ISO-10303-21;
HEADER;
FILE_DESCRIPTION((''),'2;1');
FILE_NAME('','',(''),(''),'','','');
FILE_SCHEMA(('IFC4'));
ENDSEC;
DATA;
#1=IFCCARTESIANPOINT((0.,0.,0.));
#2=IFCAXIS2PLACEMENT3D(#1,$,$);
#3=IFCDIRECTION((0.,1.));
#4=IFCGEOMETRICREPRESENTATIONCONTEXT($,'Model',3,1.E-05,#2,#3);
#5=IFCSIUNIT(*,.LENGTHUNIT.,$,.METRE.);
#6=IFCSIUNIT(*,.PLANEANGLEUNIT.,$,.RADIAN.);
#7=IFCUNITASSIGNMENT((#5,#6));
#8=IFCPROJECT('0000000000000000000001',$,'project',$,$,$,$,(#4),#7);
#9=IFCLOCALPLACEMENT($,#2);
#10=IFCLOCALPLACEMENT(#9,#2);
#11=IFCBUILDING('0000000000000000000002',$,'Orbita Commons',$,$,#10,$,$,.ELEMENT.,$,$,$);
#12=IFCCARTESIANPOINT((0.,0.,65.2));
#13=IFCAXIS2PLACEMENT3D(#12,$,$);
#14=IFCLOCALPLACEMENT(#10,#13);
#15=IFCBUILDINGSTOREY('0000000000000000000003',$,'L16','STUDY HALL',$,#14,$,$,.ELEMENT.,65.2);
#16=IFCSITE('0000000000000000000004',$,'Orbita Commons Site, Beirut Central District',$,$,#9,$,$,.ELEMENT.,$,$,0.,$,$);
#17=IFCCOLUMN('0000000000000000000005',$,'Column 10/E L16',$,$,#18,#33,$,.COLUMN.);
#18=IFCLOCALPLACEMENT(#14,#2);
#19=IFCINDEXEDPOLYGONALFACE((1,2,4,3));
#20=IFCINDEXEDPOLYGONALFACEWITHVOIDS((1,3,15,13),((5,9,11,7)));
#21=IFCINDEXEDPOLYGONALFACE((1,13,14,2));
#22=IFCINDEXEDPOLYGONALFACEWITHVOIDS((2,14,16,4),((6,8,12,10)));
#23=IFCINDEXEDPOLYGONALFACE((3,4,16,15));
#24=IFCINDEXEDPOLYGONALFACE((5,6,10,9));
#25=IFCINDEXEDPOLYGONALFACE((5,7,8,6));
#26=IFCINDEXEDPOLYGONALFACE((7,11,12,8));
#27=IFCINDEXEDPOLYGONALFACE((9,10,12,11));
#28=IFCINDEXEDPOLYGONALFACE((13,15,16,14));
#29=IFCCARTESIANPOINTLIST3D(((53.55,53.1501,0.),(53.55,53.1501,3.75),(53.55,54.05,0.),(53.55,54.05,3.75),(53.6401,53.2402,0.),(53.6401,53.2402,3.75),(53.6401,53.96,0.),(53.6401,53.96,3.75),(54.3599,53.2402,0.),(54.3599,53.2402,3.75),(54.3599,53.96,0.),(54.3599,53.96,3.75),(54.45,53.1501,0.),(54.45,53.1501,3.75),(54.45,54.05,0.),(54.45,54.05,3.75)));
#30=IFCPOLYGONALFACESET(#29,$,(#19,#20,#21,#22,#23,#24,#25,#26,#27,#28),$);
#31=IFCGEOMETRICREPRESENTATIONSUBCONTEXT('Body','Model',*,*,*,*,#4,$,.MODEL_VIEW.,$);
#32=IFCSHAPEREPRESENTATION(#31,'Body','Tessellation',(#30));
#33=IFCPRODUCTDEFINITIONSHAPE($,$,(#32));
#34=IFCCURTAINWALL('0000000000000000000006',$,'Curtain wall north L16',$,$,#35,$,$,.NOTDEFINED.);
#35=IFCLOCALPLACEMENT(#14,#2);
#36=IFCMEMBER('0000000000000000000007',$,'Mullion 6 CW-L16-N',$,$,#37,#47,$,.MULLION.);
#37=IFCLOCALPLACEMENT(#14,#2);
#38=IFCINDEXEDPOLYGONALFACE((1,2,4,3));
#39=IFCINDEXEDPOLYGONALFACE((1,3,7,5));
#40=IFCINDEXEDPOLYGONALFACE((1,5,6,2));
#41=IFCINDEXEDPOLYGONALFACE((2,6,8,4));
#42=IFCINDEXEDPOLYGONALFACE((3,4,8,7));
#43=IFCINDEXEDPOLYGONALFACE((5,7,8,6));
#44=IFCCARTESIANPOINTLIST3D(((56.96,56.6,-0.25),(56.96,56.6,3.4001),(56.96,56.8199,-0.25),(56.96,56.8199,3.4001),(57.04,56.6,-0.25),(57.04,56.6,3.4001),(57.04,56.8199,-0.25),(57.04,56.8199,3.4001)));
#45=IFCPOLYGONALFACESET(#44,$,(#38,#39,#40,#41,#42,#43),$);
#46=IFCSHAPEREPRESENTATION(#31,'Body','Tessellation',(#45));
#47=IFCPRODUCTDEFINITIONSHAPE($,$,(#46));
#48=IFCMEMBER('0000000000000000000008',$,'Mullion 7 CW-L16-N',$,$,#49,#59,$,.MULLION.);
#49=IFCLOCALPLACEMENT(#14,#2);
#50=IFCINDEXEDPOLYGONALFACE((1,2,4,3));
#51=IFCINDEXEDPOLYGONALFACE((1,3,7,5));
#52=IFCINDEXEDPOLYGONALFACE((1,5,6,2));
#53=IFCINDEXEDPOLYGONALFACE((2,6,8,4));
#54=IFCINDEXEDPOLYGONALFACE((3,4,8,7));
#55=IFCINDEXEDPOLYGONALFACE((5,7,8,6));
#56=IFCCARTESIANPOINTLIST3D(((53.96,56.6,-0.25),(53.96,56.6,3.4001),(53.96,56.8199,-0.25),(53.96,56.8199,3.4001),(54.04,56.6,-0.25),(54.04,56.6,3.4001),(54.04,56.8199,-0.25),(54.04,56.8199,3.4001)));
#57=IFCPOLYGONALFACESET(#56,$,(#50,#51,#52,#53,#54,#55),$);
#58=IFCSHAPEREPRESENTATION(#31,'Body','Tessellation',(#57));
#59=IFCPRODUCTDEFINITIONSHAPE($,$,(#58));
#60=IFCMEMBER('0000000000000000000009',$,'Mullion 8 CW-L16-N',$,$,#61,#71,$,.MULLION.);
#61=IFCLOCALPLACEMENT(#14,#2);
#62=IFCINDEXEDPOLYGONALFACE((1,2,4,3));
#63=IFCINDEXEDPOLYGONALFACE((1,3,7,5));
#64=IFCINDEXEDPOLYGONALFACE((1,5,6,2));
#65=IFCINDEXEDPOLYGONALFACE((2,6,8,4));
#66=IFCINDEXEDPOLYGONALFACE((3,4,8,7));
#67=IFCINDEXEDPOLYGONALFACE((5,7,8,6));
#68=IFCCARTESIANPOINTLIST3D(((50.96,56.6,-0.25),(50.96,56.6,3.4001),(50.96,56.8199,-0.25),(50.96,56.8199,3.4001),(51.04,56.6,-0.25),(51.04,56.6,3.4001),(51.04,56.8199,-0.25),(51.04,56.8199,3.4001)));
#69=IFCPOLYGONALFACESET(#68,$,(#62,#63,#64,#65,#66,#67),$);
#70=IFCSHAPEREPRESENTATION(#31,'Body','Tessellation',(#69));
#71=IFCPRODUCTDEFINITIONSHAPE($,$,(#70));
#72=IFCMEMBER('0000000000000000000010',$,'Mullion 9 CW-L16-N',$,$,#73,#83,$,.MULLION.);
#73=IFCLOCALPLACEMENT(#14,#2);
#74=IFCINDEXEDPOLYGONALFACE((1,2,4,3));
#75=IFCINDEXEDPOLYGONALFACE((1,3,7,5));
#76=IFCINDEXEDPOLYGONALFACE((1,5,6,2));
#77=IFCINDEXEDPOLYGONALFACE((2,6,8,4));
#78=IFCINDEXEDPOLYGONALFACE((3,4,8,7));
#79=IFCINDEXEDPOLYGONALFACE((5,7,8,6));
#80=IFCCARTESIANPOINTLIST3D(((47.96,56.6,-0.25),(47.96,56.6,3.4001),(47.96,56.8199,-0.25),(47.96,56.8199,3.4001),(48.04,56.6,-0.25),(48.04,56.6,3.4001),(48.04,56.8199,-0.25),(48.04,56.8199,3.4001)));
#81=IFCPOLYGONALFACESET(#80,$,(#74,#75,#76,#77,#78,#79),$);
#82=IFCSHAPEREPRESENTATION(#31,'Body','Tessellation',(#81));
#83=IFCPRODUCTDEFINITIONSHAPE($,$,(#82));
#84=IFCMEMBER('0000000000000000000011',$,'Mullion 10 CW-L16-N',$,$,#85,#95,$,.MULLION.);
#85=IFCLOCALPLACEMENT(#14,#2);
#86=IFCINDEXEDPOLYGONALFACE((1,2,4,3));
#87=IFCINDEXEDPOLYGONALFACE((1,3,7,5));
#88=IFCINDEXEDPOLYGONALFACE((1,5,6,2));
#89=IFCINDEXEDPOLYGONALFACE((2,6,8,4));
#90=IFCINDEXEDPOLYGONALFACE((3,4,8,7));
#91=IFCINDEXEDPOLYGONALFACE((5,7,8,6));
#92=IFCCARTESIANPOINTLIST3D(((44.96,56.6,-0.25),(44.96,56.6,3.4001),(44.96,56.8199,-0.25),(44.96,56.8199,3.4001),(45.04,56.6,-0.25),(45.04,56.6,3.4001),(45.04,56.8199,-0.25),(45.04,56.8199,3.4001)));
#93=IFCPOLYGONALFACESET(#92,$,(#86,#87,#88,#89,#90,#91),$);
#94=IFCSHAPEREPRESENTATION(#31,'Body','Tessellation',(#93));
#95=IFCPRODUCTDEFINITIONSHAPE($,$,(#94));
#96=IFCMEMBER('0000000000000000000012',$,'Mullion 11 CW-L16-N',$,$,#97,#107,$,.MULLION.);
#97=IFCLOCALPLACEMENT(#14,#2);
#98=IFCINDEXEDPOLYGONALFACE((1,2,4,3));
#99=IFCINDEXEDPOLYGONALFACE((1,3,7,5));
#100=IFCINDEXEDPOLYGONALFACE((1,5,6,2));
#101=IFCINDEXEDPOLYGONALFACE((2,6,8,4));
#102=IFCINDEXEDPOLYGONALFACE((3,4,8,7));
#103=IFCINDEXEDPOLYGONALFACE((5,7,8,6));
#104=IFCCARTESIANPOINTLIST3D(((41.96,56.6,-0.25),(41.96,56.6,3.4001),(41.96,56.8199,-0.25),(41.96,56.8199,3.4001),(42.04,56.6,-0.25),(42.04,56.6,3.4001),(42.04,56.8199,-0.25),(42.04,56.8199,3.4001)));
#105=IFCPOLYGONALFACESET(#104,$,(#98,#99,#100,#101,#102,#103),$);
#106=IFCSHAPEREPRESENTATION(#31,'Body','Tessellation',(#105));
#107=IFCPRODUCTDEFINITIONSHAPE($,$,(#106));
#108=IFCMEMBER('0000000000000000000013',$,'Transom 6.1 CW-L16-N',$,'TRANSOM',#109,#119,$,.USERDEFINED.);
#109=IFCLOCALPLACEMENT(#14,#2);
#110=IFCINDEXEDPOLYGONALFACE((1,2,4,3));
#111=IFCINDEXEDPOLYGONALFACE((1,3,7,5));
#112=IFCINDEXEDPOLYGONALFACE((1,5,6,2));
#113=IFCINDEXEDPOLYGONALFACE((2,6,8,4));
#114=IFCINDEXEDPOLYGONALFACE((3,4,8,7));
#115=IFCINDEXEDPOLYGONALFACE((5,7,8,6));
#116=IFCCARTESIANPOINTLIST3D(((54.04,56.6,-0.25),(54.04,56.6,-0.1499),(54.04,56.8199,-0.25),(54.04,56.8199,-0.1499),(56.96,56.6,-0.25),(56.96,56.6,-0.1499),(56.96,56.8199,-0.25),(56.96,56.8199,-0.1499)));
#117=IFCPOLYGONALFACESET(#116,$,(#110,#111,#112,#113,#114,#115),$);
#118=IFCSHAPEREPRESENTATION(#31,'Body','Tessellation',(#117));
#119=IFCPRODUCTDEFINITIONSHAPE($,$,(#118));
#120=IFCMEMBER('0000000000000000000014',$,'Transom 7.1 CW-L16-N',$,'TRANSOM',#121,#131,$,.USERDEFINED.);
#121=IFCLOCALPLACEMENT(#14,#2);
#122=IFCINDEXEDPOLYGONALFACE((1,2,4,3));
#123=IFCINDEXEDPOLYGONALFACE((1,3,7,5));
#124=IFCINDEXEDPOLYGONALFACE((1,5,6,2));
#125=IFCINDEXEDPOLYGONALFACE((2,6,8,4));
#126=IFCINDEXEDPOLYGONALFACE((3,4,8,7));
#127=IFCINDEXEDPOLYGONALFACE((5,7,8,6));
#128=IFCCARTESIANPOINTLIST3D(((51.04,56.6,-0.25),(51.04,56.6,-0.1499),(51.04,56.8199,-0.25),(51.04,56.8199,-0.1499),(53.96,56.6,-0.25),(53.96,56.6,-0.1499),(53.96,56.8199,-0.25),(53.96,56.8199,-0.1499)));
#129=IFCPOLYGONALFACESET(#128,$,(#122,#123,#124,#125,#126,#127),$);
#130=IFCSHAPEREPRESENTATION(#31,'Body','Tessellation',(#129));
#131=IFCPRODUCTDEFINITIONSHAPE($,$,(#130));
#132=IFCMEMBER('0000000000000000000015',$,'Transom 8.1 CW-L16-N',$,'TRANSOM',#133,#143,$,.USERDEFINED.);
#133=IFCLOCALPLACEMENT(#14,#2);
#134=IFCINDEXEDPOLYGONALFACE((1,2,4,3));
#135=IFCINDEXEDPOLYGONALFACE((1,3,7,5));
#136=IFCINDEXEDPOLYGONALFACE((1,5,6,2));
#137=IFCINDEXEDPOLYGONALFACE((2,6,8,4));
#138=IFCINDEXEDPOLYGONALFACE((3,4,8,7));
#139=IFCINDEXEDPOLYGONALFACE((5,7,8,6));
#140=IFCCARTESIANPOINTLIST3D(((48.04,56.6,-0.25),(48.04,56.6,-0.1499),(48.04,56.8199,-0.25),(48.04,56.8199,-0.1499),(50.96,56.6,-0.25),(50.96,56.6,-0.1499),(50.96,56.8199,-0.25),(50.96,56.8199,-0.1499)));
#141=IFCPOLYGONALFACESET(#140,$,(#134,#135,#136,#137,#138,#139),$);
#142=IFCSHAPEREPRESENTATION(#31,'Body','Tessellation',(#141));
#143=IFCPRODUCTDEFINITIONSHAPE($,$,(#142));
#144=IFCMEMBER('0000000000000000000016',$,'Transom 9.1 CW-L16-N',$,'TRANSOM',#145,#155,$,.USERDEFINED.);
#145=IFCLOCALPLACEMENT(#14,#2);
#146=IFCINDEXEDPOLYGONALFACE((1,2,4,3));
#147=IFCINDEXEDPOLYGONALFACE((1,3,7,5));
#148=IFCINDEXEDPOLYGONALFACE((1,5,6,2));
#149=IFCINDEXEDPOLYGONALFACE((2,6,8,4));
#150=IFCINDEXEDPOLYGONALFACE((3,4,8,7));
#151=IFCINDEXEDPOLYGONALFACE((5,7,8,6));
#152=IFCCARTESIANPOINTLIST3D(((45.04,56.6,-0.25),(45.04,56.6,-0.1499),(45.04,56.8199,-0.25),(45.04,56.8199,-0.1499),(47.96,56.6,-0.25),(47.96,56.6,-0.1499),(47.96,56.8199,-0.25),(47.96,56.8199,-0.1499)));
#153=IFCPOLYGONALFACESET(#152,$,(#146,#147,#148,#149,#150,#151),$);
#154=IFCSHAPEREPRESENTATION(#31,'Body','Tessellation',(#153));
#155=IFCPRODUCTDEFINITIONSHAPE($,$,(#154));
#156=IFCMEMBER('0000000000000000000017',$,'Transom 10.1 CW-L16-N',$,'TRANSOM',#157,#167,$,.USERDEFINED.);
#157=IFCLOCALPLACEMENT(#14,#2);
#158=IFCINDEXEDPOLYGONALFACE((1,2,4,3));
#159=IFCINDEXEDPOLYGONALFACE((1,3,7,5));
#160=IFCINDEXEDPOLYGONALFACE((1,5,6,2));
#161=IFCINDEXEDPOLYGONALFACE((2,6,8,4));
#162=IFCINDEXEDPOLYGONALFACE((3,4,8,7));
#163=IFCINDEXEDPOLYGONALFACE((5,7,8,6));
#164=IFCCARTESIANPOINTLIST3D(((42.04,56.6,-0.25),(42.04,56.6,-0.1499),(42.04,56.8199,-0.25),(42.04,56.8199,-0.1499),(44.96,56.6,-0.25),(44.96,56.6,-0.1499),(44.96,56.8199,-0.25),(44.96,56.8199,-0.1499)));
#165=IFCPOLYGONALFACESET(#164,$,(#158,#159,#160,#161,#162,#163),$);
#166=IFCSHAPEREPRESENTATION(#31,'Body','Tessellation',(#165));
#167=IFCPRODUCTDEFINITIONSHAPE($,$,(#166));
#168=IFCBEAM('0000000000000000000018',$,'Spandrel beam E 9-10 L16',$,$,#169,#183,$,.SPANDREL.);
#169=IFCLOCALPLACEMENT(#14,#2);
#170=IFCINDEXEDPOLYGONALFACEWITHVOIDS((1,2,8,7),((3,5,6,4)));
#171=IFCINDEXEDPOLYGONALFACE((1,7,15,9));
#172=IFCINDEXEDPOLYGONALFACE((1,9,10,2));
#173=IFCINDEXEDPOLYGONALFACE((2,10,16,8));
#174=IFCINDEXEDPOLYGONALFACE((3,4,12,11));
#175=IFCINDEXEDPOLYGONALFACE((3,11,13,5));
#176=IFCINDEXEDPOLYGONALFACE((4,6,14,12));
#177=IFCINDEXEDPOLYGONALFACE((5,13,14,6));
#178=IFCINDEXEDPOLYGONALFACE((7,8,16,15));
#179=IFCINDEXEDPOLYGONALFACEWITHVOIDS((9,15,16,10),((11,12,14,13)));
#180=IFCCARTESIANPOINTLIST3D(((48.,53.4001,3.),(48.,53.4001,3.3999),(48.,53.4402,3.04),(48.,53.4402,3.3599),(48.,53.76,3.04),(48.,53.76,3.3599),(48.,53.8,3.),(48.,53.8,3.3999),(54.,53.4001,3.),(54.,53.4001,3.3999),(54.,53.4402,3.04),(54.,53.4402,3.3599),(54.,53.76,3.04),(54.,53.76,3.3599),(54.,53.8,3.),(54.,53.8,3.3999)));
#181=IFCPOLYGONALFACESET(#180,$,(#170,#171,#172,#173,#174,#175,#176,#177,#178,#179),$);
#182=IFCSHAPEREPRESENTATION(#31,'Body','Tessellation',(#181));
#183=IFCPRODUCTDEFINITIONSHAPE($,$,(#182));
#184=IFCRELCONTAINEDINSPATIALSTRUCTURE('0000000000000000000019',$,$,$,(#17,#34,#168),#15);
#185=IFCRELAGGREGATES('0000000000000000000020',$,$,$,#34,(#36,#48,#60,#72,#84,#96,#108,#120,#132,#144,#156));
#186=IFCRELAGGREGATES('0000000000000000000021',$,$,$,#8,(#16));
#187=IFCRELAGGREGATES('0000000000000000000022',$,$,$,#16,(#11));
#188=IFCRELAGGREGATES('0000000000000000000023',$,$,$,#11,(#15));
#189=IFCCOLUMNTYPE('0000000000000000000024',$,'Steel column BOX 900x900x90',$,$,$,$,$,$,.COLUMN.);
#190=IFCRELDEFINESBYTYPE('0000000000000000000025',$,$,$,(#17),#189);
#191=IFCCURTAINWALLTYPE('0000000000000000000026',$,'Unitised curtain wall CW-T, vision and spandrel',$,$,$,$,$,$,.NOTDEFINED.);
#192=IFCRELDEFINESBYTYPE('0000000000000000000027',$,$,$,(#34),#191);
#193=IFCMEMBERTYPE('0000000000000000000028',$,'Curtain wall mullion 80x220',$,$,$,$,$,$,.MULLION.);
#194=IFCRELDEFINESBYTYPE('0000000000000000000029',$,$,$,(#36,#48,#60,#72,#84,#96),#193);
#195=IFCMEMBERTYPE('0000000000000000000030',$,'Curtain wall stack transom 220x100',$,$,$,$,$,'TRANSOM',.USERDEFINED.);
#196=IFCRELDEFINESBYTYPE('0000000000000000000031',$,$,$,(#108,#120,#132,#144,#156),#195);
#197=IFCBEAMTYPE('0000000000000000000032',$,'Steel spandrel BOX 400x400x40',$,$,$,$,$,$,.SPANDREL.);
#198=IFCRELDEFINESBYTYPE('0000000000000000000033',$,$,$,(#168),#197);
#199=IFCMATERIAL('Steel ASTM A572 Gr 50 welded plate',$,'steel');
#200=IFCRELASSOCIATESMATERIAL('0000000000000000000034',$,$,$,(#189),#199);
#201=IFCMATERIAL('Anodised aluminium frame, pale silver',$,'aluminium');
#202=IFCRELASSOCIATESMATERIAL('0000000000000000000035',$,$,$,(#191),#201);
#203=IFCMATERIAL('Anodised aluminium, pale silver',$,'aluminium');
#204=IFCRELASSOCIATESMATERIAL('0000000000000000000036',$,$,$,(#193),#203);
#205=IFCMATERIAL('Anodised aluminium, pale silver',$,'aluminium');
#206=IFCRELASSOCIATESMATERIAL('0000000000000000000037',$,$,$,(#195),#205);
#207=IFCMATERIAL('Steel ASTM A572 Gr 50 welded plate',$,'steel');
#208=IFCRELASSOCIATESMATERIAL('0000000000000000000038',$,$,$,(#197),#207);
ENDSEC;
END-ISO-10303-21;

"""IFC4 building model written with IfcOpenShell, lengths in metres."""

from ifc_helpers import new_model, si_unit, direction, frame, origin, origin_2d, place, context, subcontext, project, spatial, rectangle, hollow_rectangle, extrude, material, material_profile, profile_set, type_object, element, aggregate, save


model = new_model("IFC4")

# Units and contexts
model_context = context("Model", 3, precision=1e-05, world=origin(), true_north=direction((0.0, 1.0)))
body_context = subcontext(model_context, "Body", "Model", "MODEL_VIEW")
ifc_project = project(units=[si_unit("LENGTHUNIT", "METRE"), si_unit("PLANEANGLEUNIT", "RADIAN")], contexts=[model_context])

# Site, building, storey
site_placement = place(None, origin())
site = spatial("IfcSite", under=ifc_project, at=site_placement, Name="Orbita Commons Site, Beirut Central District", CompositionType="ELEMENT", RefElevation=0.0)
building_placement = place(site_placement, origin())
building = spatial("IfcBuilding", under=site, at=building_placement, Name="Orbita Commons", CompositionType="ELEMENT")
storey_placement = place(building_placement, frame((0.0, 0.0, 65.2)))
storey = spatial("IfcBuildingStorey", under=building, at=storey_placement, Name="L16", Description="STUDY HALL", CompositionType="ELEMENT", Elevation=65.2)

# Column
ifc_material_1 = material(Name="Steel ASTM A572 Gr 50 welded plate", Category="steel")
ifc_material_profile_1 = material_profile(ifc_material_1, hollow_rectangle(XDim=0.8999, YDim=0.8999, WallThickness=0.0901, at=origin_2d()), Name="BOX 900x900x90")
ifc_profile_set_1 = profile_set([ifc_material_profile_1], Name="Steel ASTM A572 Gr 50 welded plate")
column_type = type_object("IfcColumnType", Name="Steel column BOX 900x900x90", PredefinedType="COLUMN", material=ifc_profile_set_1)
column_placement = place(storey_placement, frame((54.0, 53.6001, 0.0), z_axis=(0.0, 0.0, 1.0), x_axis=(1.0, 0.0, 0.0)))
element("IfcColumn", 1, at=column_placement, inside=storey, type_object=column_type, Name="Column 10/E L16", PredefinedType="COLUMN", context=body_context, shape_type="SweptSolid", body=[
    extrude(hollow_rectangle(XDim=0.8999, YDim=0.8999, WallThickness=0.0901, at=origin_2d()), origin(), (0.0, 0.0, 1.0), 3.75),
])

# Curtain wall, members
ifc_material_2 = material(Name="Anodised aluminium frame, pale silver", Category="aluminium")
curtain_wall_type = type_object("IfcCurtainWallType", Name="Unitised curtain wall CW-T, vision and spandrel", PredefinedType="NOTDEFINED", material=ifc_material_2)
curtain_wall_placement = place(storey_placement, origin())
curtain_wall = element("IfcCurtainWall", 2, at=curtain_wall_placement, inside=storey, type_object=curtain_wall_type, Name="Curtain wall north L16", PredefinedType="NOTDEFINED")
ifc_material_3 = material(Name="Anodised aluminium, pale silver", Category="aluminium")
ifc_material_profile_2 = material_profile(ifc_material_3, rectangle(XDim=0.0801, YDim=0.22, at=origin_2d()), Name="AL 80x220")
ifc_profile_set_2 = profile_set([ifc_material_profile_2], Name="Anodised aluminium, pale silver")
member_type_1 = type_object("IfcMemberType", Name="Curtain wall mullion 80x220", PredefinedType="MULLION", material=ifc_profile_set_2)
member_1_placement = place(storey_placement, frame((57.0, 56.71, -0.25), z_axis=(0.0, 0.0, 1.0), x_axis=(-1.0, 0.0, 0.0)))
member_1 = element("IfcMember", 3, at=member_1_placement, type_object=member_type_1, Name="Mullion 6 CW-L16-N", PredefinedType="MULLION", context=body_context, shape_type="SweptSolid", body=[
    extrude(rectangle(XDim=0.0801, YDim=0.22, at=origin_2d()), origin(), (0.0, 0.0, 1.0), 3.6501),
])
member_2_placement = place(storey_placement, frame((54.0, 56.71, -0.25), z_axis=(0.0, 0.0, 1.0), x_axis=(-1.0, 0.0, 0.0)))
member_2 = element("IfcMember", 4, at=member_2_placement, type_object=member_type_1, Name="Mullion 7 CW-L16-N", PredefinedType="MULLION", context=body_context, shape_type="SweptSolid", body=[
    extrude(rectangle(XDim=0.0801, YDim=0.22, at=origin_2d()), origin(), (0.0, 0.0, 1.0), 3.6501),
])
member_3_placement = place(storey_placement, frame((51.0, 56.71, -0.25), z_axis=(0.0, 0.0, 1.0), x_axis=(-1.0, 0.0, 0.0)))
member_3 = element("IfcMember", 5, at=member_3_placement, type_object=member_type_1, Name="Mullion 8 CW-L16-N", PredefinedType="MULLION", context=body_context, shape_type="SweptSolid", body=[
    extrude(rectangle(XDim=0.0801, YDim=0.22, at=origin_2d()), origin(), (0.0, 0.0, 1.0), 3.6501),
])
member_4_placement = place(storey_placement, frame((48.0, 56.71, -0.25), z_axis=(0.0, 0.0, 1.0), x_axis=(-1.0, 0.0, 0.0)))
member_4 = element("IfcMember", 6, at=member_4_placement, type_object=member_type_1, Name="Mullion 9 CW-L16-N", PredefinedType="MULLION", context=body_context, shape_type="SweptSolid", body=[
    extrude(rectangle(XDim=0.0801, YDim=0.22, at=origin_2d()), origin(), (0.0, 0.0, 1.0), 3.6501),
])
member_5_placement = place(storey_placement, frame((45.0, 56.71, -0.25), z_axis=(0.0, 0.0, 1.0), x_axis=(-1.0, 0.0, 0.0)))
member_5 = element("IfcMember", 7, at=member_5_placement, type_object=member_type_1, Name="Mullion 10 CW-L16-N", PredefinedType="MULLION", context=body_context, shape_type="SweptSolid", body=[
    extrude(rectangle(XDim=0.0801, YDim=0.22, at=origin_2d()), origin(), (0.0, 0.0, 1.0), 3.6501),
])
member_6_placement = place(storey_placement, frame((42.0, 56.71, -0.25), z_axis=(0.0, 0.0, 1.0), x_axis=(-1.0, 0.0, 0.0)))
member_6 = element("IfcMember", 8, at=member_6_placement, type_object=member_type_1, Name="Mullion 11 CW-L16-N", PredefinedType="MULLION", context=body_context, shape_type="SweptSolid", body=[
    extrude(rectangle(XDim=0.0801, YDim=0.22, at=origin_2d()), origin(), (0.0, 0.0, 1.0), 3.6501),
])
ifc_material_4 = material(Name="Anodised aluminium, pale silver", Category="aluminium")
ifc_material_profile_3 = material_profile(ifc_material_4, rectangle(XDim=0.22, YDim=0.1001, at=origin_2d()), Name="AL 220x100")
ifc_profile_set_3 = profile_set([ifc_material_profile_3], Name="Anodised aluminium, pale silver")
member_type_2 = type_object("IfcMemberType", Name="Curtain wall stack transom 220x100", ElementType="TRANSOM", PredefinedType="USERDEFINED", material=ifc_profile_set_3)
member_7_placement = place(storey_placement, frame((56.96, 56.71, -0.2), z_axis=(-1.0, 0.0, 0.0), x_axis=(0.0, -1.0, 0.0)))
member_7 = element("IfcMember", 9, at=member_7_placement, type_object=member_type_2, Name="Transom 6.1 CW-L16-N", ObjectType="TRANSOM", PredefinedType="USERDEFINED", context=body_context, shape_type="SweptSolid", body=[
    extrude(rectangle(XDim=0.22, YDim=0.1001, at=origin_2d()), origin(), (0.0, 0.0, 1.0), 2.9199),
])
member_8_placement = place(storey_placement, frame((53.96, 56.71, -0.2), z_axis=(-1.0, 0.0, 0.0), x_axis=(0.0, -1.0, 0.0)))
member_8 = element("IfcMember", 10, at=member_8_placement, type_object=member_type_2, Name="Transom 7.1 CW-L16-N", ObjectType="TRANSOM", PredefinedType="USERDEFINED", context=body_context, shape_type="SweptSolid", body=[
    extrude(rectangle(XDim=0.22, YDim=0.1001, at=origin_2d()), origin(), (0.0, 0.0, 1.0), 2.9199),
])
member_9_placement = place(storey_placement, frame((50.96, 56.71, -0.2), z_axis=(-1.0, 0.0, 0.0), x_axis=(0.0, -1.0, 0.0)))
member_9 = element("IfcMember", 11, at=member_9_placement, type_object=member_type_2, Name="Transom 8.1 CW-L16-N", ObjectType="TRANSOM", PredefinedType="USERDEFINED", context=body_context, shape_type="SweptSolid", body=[
    extrude(rectangle(XDim=0.22, YDim=0.1001, at=origin_2d()), origin(), (0.0, 0.0, 1.0), 2.9199),
])
member_10_placement = place(storey_placement, frame((47.96, 56.71, -0.2), z_axis=(-1.0, 0.0, 0.0), x_axis=(0.0, -1.0, 0.0)))
member_10 = element("IfcMember", 12, at=member_10_placement, type_object=member_type_2, Name="Transom 9.1 CW-L16-N", ObjectType="TRANSOM", PredefinedType="USERDEFINED", context=body_context, shape_type="SweptSolid", body=[
    extrude(rectangle(XDim=0.22, YDim=0.1001, at=origin_2d()), origin(), (0.0, 0.0, 1.0), 2.9199),
])
member_11_placement = place(storey_placement, frame((44.96, 56.71, -0.2), z_axis=(-1.0, 0.0, 0.0), x_axis=(0.0, -1.0, 0.0)))
member_11 = element("IfcMember", 13, at=member_11_placement, type_object=member_type_2, Name="Transom 10.1 CW-L16-N", ObjectType="TRANSOM", PredefinedType="USERDEFINED", context=body_context, shape_type="SweptSolid", body=[
    extrude(rectangle(XDim=0.22, YDim=0.1001, at=origin_2d()), origin(), (0.0, 0.0, 1.0), 2.9199),
])

# Beam
ifc_material_5 = material(Name="Steel ASTM A572 Gr 50 welded plate", Category="steel")
ifc_material_profile_4 = material_profile(ifc_material_5, hollow_rectangle(XDim=0.3999, YDim=0.3999, WallThickness=0.04, at=origin_2d()), Name="BOX 400x400x40")
ifc_profile_set_4 = profile_set([ifc_material_profile_4], Name="Steel ASTM A572 Gr 50 welded plate")
beam_type = type_object("IfcBeamType", Name="Steel spandrel BOX 400x400x40", PredefinedType="SPANDREL", material=ifc_profile_set_4)
for number, where, z_axis, x_axis, name in (
    (14, (48.0, 53.6001, 3.2), (1.0, 0.0, 0.0), (0.0, 1.0, 0.0), "Spandrel beam E 9-10 L16"),
):
    element("IfcBeam", number, at=place(storey_placement, frame(where, z_axis=z_axis, x_axis=x_axis)), inside=storey, type_object=beam_type, Name=name, PredefinedType="SPANDREL", context=body_context, shape_type="SweptSolid", body=[
        extrude(hollow_rectangle(XDim=0.3999, YDim=0.3999, WallThickness=0.04, at=origin_2d()), origin(), (0.0, 0.0, 1.0), 6.0),
    ])

aggregate(curtain_wall, [member_1, member_2, member_3, member_4, member_5, member_6, member_7, member_8, member_9, member_10, member_11])

save(model, "model.ifc")
